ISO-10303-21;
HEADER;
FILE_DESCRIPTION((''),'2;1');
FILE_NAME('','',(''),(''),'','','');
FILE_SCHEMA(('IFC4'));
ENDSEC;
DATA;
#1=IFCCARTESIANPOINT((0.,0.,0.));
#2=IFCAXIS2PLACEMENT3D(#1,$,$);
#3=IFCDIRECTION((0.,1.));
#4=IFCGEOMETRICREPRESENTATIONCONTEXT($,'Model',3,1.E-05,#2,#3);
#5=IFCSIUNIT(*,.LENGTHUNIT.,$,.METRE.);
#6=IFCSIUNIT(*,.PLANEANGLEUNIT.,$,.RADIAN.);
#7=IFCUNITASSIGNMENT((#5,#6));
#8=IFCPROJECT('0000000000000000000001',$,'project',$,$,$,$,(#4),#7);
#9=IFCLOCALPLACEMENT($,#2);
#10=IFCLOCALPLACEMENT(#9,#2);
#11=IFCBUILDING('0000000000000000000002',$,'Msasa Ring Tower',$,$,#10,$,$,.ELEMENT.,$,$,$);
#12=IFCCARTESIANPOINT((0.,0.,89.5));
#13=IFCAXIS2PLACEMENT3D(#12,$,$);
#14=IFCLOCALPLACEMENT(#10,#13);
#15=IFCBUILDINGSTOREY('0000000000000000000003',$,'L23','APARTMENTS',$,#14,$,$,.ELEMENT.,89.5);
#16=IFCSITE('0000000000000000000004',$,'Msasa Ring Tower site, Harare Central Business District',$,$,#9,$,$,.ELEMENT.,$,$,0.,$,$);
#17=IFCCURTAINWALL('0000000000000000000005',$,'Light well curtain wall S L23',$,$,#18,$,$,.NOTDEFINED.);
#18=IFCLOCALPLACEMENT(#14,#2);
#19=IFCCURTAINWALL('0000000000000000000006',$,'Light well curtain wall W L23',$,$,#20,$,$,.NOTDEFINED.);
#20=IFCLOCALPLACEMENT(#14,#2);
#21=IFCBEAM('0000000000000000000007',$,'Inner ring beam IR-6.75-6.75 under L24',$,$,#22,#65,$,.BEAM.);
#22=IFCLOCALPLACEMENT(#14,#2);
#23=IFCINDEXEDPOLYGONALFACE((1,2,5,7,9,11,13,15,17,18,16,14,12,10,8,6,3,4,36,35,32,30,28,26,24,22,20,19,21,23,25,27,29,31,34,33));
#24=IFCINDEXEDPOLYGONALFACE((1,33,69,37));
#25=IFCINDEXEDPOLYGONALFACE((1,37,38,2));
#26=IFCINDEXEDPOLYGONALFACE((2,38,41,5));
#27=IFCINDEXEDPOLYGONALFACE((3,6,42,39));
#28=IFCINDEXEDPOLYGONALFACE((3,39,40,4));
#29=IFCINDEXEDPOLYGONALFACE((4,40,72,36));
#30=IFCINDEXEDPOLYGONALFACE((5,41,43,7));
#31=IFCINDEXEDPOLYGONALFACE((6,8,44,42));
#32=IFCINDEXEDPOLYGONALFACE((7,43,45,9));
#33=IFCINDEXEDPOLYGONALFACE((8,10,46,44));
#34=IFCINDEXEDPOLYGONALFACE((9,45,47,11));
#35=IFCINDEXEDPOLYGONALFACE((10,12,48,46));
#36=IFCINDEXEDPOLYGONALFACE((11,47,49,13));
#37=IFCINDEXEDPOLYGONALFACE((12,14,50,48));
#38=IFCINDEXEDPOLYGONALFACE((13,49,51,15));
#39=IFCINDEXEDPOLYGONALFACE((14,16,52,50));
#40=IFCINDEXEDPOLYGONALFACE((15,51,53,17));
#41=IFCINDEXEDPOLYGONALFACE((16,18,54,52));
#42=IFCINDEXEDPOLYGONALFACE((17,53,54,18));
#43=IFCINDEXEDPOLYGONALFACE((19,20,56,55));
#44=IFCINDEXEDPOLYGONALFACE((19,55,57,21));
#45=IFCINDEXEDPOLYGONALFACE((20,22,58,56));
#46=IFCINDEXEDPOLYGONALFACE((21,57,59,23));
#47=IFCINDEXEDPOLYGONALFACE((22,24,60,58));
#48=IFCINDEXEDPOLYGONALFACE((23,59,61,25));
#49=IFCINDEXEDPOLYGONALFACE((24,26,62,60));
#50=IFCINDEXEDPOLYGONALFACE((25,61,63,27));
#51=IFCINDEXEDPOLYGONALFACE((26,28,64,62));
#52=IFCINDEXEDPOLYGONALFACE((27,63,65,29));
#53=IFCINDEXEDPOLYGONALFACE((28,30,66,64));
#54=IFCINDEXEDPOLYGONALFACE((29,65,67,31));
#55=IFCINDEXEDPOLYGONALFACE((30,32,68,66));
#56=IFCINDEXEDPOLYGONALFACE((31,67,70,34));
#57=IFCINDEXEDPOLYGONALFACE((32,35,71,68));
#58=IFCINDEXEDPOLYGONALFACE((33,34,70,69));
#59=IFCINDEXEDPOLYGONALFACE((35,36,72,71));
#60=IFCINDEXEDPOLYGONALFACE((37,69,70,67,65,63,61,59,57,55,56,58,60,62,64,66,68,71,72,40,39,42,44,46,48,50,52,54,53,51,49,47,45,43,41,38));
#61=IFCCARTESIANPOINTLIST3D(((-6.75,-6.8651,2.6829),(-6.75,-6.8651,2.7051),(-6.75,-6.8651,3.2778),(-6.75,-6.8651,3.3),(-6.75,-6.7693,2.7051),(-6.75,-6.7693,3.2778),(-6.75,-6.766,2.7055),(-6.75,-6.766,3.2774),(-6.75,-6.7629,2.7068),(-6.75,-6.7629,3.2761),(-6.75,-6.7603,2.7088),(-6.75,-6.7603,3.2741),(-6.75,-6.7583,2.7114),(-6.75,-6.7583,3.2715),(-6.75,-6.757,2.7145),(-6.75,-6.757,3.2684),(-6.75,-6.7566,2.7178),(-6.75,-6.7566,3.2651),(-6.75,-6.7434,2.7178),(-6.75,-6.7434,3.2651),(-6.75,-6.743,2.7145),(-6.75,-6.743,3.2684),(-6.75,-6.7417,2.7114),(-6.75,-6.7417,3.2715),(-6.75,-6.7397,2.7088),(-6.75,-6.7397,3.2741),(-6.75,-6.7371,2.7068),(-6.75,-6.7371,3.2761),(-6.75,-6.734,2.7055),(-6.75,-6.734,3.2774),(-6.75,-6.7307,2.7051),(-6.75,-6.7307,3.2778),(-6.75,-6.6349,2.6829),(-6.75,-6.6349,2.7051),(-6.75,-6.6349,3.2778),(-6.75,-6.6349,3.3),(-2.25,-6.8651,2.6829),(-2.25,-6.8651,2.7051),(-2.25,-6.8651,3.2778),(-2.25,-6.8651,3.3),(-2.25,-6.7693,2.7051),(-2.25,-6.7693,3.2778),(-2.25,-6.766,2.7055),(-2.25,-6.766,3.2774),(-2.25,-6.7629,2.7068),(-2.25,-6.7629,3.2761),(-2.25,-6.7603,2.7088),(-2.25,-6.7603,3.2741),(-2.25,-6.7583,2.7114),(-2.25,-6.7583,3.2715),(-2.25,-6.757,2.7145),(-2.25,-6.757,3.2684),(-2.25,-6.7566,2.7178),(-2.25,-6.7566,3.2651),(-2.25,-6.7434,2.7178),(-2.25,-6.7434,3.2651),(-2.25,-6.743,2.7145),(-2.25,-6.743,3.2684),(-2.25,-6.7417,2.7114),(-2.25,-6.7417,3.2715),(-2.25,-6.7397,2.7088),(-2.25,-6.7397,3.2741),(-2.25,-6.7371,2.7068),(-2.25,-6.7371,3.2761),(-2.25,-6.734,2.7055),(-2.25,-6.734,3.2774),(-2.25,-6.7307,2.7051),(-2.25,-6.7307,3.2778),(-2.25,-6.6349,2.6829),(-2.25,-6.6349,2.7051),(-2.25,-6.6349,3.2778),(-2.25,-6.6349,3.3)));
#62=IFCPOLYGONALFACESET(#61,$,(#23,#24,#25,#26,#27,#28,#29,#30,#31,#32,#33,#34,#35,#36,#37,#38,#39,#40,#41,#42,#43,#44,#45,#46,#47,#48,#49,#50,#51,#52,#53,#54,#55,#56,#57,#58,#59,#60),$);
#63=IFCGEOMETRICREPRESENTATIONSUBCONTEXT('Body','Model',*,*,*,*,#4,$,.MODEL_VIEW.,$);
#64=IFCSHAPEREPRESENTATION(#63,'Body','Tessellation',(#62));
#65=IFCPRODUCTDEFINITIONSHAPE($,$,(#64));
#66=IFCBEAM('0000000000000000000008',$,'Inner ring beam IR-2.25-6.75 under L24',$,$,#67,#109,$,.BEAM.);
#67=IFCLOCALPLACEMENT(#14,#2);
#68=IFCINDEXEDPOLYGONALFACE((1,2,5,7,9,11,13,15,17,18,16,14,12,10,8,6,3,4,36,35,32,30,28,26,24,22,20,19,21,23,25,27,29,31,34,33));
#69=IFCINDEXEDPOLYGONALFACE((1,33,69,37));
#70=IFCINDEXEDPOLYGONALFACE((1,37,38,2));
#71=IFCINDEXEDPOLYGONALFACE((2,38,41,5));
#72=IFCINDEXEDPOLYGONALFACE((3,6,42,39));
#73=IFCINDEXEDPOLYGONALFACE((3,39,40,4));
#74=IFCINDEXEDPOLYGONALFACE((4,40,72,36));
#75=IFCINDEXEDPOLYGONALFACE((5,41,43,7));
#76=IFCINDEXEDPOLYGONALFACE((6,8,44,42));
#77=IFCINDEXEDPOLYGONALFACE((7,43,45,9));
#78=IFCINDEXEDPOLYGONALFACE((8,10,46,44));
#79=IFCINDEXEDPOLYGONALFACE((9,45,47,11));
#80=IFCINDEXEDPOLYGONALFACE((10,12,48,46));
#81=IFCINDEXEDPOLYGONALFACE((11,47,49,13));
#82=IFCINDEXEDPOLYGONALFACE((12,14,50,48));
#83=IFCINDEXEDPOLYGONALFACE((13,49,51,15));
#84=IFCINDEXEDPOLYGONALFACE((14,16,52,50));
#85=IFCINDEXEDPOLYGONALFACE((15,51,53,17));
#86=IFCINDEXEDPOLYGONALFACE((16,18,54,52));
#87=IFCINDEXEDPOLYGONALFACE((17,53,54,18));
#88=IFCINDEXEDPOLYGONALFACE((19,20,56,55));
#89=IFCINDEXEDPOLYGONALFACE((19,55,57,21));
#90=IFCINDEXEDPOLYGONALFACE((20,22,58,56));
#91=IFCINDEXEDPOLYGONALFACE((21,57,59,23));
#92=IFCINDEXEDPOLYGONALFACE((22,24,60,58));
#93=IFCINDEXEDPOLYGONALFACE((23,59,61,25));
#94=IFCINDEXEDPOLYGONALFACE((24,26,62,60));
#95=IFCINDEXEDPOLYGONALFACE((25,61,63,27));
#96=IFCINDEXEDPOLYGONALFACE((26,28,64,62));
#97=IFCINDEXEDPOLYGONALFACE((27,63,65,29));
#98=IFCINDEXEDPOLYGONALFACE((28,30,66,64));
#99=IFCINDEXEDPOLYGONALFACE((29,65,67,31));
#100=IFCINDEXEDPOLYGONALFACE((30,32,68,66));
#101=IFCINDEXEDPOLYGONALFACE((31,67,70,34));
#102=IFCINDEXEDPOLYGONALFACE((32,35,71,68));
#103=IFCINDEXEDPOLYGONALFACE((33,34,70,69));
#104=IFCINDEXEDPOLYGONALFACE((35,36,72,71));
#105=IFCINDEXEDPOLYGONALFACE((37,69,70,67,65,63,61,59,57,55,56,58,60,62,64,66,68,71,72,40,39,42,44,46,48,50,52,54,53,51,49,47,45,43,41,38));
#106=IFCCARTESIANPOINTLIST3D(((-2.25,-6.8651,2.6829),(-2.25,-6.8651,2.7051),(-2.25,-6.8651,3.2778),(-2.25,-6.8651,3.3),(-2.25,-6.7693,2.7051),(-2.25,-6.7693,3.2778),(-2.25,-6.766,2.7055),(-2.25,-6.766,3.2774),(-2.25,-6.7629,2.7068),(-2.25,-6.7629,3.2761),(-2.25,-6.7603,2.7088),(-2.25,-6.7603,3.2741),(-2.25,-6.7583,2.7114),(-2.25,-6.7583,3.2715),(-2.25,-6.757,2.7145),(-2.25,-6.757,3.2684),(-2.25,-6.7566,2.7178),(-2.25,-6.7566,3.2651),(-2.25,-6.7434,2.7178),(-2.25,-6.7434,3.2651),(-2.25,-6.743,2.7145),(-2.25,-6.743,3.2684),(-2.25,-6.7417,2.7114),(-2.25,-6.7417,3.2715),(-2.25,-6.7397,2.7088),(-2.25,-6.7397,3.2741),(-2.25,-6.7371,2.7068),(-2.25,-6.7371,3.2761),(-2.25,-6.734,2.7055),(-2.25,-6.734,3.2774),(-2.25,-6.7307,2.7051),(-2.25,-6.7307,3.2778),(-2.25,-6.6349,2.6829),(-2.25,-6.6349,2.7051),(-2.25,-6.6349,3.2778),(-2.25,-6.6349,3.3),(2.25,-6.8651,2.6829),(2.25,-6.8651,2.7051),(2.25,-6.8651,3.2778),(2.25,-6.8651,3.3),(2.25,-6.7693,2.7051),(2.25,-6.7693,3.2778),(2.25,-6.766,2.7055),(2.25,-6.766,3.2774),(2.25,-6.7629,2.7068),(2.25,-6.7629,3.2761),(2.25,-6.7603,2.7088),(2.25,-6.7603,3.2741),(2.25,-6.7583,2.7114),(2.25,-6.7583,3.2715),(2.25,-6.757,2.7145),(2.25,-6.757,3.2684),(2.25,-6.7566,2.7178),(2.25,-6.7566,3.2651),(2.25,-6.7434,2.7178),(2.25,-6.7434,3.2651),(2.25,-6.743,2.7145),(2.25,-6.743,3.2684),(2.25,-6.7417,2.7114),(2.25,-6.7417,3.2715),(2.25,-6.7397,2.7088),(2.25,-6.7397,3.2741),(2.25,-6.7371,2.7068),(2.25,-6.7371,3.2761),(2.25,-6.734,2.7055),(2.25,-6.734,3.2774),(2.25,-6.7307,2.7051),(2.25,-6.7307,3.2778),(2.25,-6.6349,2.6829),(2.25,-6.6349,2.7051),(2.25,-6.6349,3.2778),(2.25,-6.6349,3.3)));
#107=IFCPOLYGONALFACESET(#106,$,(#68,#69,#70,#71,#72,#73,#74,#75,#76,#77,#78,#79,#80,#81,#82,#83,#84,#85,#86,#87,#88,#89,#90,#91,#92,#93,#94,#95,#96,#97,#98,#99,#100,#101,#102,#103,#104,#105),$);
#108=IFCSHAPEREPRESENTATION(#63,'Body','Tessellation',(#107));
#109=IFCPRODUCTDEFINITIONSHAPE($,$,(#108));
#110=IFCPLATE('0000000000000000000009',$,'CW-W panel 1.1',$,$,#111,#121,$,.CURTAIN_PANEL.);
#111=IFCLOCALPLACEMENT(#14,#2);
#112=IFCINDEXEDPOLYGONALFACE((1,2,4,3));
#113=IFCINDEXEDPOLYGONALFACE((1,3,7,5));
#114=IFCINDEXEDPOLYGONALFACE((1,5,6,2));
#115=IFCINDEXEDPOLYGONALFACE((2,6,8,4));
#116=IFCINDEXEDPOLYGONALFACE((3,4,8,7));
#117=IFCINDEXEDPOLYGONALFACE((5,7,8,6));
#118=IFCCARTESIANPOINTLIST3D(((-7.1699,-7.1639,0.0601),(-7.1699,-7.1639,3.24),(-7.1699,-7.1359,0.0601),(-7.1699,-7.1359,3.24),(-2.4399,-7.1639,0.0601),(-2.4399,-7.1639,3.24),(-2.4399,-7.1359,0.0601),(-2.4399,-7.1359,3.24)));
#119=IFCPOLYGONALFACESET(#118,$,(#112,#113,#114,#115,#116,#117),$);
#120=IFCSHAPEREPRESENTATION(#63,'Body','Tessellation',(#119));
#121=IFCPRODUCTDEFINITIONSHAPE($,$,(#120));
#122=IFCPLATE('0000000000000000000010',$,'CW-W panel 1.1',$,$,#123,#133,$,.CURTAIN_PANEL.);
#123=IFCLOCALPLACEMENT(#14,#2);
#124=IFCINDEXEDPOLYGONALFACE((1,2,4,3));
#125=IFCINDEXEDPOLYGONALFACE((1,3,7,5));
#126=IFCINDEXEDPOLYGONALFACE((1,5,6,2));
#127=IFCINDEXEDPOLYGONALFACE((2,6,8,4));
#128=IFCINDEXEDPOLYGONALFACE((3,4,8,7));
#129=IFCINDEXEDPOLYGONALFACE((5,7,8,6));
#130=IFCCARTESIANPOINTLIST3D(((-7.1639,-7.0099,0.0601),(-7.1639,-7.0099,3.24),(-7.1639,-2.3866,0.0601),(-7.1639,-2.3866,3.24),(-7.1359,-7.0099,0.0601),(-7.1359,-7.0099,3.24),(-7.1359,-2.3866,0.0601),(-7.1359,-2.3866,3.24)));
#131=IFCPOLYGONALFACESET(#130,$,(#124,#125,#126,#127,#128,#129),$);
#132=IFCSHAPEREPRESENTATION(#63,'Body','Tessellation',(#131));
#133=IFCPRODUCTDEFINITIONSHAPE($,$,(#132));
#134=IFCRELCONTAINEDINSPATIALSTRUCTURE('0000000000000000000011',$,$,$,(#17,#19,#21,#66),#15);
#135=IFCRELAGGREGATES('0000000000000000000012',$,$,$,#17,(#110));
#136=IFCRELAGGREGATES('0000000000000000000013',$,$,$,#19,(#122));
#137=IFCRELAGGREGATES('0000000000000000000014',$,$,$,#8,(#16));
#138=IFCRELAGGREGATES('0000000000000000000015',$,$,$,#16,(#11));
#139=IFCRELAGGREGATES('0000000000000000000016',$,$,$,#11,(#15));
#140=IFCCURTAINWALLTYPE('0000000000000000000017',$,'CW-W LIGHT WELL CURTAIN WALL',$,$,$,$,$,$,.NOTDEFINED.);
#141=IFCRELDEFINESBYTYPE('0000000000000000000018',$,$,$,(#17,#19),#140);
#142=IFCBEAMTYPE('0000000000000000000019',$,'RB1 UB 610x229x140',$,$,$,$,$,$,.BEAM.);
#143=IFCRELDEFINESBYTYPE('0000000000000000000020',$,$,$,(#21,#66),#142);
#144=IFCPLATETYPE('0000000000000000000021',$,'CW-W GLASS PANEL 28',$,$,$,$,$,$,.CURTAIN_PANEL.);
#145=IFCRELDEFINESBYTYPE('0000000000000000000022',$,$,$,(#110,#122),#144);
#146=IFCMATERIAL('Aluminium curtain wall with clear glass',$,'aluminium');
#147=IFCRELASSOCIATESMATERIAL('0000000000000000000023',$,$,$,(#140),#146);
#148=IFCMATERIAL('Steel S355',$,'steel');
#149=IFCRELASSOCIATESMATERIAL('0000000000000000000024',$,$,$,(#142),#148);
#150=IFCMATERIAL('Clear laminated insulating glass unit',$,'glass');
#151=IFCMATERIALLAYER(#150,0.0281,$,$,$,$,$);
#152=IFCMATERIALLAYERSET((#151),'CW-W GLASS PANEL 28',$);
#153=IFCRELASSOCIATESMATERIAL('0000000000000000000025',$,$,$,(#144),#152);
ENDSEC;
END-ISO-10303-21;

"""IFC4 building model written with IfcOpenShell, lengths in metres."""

from ifc_helpers import new_model, si_unit, direction, frame, origin, origin_2d, place, context, subcontext, project, spatial, rectangle, i_section, extrude, material, layer, layer_set, material_profile, profile_set, type_object, element, aggregate, save


model = new_model("IFC4")

# Units and contexts
model_context = context("Model", 3, precision=1e-05, world=origin(), true_north=direction((0.0, 1.0)))
body_context = subcontext(model_context, "Body", "Model", "MODEL_VIEW")
ifc_project = project(units=[si_unit("LENGTHUNIT", "METRE"), si_unit("PLANEANGLEUNIT", "RADIAN")], contexts=[model_context])

# Site, building, storey
site_placement = place(None, origin())
site = spatial("IfcSite", under=ifc_project, at=site_placement, Name="Msasa Ring Tower site, Harare Central Business District", CompositionType="ELEMENT", RefElevation=0.0)
building_placement = place(site_placement, origin())
building = spatial("IfcBuilding", under=site, at=building_placement, Name="Msasa Ring Tower", CompositionType="ELEMENT")
storey_placement = place(building_placement, frame((0.0, 0.0, 89.5)))
storey = spatial("IfcBuildingStorey", under=building, at=storey_placement, Name="L23", Description="APARTMENTS", CompositionType="ELEMENT", Elevation=89.5)

# Curtain walls
ifc_material_1 = material(Name="Aluminium curtain wall with clear glass", Category="aluminium")
curtain_wall_type = type_object("IfcCurtainWallType", Name="CW-W LIGHT WELL CURTAIN WALL", PredefinedType="NOTDEFINED", material=ifc_material_1)
curtain_wall_1_placement = place(storey_placement, origin())
curtain_wall_1 = element("IfcCurtainWall", 1, at=curtain_wall_1_placement, inside=storey, type_object=curtain_wall_type, Name="Light well curtain wall S L23", PredefinedType="NOTDEFINED")
curtain_wall_2_placement = place(storey_placement, origin())
curtain_wall_2 = element("IfcCurtainWall", 2, at=curtain_wall_2_placement, inside=storey, type_object=curtain_wall_type, Name="Light well curtain wall W L23", PredefinedType="NOTDEFINED")

# Beams
ifc_material_2 = material(Name="Steel S355", Category="steel")
ifc_material_profile_1 = material_profile(ifc_material_2, i_section(OverallWidth=0.2302, OverallDepth=0.6172, WebThickness=0.0132, FlangeThickness=0.0222, FilletRadius=0.0127, at=origin_2d()), Name="UB 610x229x140")
ifc_profile_set_1 = profile_set([ifc_material_profile_1], Name="Steel S355")
beam_type = type_object("IfcBeamType", Name="RB1 UB 610x229x140", PredefinedType="BEAM", material=ifc_profile_set_1)
for number, where, z_axis, x_axis, name in (
    (3, (-6.75, -6.75, 2.9915), (1.0, 0.0, 0.0), (0.0, 1.0, 0.0), "Inner ring beam IR-6.75-6.75 under L24"),
    (4, (-2.25, -6.75, 2.9915), (1.0, 0.0, 0.0), (0.0, 1.0, 0.0), "Inner ring beam IR-2.25-6.75 under L24"),
):
    element("IfcBeam", number, at=place(storey_placement, frame(where, z_axis=z_axis, x_axis=x_axis)), inside=storey, type_object=beam_type, Name=name, PredefinedType="BEAM", context=body_context, shape_type="SweptSolid", body=[
        extrude(i_section(OverallWidth=0.2302, OverallDepth=0.6172, WebThickness=0.0132, FlangeThickness=0.0222, FilletRadius=0.0127, at=origin_2d()), origin(), (0.0, 0.0, 1.0), 4.5),
    ])

# Plates
ifc_material_3 = material(Name="Clear laminated insulating glass unit", Category="glass")
ifc_layer = layer(ifc_material_3, 0.0281)
ifc_layer_set = layer_set([ifc_layer], Name="CW-W GLASS PANEL 28")
plate_type = type_object("IfcPlateType", Name="CW-W GLASS PANEL 28", PredefinedType="CURTAIN_PANEL", material=ifc_layer_set)
plate_1_placement = place(storey_placement, frame((-4.8049, -7.1499, 0.0601), z_axis=(0.0, 0.0, 1.0), x_axis=(1.0, 0.0, 0.0)))
plate_1 = element("IfcPlate", 5, at=plate_1_placement, type_object=plate_type, Name="CW-W panel 1.1", PredefinedType="CURTAIN_PANEL", context=body_context, shape_type="SweptSolid", body=[
    extrude(rectangle(XDim=4.73, YDim=0.0281, at=origin_2d()), origin(), (0.0, 0.0, 1.0), 3.1799),
])
aggregate(curtain_wall_1, [plate_1])
plate_2_placement = place(storey_placement, frame((-7.1499, -4.6982, 0.0601), z_axis=(0.0, 0.0, 1.0), x_axis=(0.0, 1.0, 0.0)))
plate_2 = element("IfcPlate", 6, at=plate_2_placement, type_object=plate_type, Name="CW-W panel 1.1", PredefinedType="CURTAIN_PANEL", context=body_context, shape_type="SweptSolid", body=[
    extrude(rectangle(XDim=4.6233, YDim=0.0281, at=origin_2d()), origin(), (0.0, 0.0, 1.0), 3.1799),
])
aggregate(curtain_wall_2, [plate_2])

save(model, "model.ifc")
